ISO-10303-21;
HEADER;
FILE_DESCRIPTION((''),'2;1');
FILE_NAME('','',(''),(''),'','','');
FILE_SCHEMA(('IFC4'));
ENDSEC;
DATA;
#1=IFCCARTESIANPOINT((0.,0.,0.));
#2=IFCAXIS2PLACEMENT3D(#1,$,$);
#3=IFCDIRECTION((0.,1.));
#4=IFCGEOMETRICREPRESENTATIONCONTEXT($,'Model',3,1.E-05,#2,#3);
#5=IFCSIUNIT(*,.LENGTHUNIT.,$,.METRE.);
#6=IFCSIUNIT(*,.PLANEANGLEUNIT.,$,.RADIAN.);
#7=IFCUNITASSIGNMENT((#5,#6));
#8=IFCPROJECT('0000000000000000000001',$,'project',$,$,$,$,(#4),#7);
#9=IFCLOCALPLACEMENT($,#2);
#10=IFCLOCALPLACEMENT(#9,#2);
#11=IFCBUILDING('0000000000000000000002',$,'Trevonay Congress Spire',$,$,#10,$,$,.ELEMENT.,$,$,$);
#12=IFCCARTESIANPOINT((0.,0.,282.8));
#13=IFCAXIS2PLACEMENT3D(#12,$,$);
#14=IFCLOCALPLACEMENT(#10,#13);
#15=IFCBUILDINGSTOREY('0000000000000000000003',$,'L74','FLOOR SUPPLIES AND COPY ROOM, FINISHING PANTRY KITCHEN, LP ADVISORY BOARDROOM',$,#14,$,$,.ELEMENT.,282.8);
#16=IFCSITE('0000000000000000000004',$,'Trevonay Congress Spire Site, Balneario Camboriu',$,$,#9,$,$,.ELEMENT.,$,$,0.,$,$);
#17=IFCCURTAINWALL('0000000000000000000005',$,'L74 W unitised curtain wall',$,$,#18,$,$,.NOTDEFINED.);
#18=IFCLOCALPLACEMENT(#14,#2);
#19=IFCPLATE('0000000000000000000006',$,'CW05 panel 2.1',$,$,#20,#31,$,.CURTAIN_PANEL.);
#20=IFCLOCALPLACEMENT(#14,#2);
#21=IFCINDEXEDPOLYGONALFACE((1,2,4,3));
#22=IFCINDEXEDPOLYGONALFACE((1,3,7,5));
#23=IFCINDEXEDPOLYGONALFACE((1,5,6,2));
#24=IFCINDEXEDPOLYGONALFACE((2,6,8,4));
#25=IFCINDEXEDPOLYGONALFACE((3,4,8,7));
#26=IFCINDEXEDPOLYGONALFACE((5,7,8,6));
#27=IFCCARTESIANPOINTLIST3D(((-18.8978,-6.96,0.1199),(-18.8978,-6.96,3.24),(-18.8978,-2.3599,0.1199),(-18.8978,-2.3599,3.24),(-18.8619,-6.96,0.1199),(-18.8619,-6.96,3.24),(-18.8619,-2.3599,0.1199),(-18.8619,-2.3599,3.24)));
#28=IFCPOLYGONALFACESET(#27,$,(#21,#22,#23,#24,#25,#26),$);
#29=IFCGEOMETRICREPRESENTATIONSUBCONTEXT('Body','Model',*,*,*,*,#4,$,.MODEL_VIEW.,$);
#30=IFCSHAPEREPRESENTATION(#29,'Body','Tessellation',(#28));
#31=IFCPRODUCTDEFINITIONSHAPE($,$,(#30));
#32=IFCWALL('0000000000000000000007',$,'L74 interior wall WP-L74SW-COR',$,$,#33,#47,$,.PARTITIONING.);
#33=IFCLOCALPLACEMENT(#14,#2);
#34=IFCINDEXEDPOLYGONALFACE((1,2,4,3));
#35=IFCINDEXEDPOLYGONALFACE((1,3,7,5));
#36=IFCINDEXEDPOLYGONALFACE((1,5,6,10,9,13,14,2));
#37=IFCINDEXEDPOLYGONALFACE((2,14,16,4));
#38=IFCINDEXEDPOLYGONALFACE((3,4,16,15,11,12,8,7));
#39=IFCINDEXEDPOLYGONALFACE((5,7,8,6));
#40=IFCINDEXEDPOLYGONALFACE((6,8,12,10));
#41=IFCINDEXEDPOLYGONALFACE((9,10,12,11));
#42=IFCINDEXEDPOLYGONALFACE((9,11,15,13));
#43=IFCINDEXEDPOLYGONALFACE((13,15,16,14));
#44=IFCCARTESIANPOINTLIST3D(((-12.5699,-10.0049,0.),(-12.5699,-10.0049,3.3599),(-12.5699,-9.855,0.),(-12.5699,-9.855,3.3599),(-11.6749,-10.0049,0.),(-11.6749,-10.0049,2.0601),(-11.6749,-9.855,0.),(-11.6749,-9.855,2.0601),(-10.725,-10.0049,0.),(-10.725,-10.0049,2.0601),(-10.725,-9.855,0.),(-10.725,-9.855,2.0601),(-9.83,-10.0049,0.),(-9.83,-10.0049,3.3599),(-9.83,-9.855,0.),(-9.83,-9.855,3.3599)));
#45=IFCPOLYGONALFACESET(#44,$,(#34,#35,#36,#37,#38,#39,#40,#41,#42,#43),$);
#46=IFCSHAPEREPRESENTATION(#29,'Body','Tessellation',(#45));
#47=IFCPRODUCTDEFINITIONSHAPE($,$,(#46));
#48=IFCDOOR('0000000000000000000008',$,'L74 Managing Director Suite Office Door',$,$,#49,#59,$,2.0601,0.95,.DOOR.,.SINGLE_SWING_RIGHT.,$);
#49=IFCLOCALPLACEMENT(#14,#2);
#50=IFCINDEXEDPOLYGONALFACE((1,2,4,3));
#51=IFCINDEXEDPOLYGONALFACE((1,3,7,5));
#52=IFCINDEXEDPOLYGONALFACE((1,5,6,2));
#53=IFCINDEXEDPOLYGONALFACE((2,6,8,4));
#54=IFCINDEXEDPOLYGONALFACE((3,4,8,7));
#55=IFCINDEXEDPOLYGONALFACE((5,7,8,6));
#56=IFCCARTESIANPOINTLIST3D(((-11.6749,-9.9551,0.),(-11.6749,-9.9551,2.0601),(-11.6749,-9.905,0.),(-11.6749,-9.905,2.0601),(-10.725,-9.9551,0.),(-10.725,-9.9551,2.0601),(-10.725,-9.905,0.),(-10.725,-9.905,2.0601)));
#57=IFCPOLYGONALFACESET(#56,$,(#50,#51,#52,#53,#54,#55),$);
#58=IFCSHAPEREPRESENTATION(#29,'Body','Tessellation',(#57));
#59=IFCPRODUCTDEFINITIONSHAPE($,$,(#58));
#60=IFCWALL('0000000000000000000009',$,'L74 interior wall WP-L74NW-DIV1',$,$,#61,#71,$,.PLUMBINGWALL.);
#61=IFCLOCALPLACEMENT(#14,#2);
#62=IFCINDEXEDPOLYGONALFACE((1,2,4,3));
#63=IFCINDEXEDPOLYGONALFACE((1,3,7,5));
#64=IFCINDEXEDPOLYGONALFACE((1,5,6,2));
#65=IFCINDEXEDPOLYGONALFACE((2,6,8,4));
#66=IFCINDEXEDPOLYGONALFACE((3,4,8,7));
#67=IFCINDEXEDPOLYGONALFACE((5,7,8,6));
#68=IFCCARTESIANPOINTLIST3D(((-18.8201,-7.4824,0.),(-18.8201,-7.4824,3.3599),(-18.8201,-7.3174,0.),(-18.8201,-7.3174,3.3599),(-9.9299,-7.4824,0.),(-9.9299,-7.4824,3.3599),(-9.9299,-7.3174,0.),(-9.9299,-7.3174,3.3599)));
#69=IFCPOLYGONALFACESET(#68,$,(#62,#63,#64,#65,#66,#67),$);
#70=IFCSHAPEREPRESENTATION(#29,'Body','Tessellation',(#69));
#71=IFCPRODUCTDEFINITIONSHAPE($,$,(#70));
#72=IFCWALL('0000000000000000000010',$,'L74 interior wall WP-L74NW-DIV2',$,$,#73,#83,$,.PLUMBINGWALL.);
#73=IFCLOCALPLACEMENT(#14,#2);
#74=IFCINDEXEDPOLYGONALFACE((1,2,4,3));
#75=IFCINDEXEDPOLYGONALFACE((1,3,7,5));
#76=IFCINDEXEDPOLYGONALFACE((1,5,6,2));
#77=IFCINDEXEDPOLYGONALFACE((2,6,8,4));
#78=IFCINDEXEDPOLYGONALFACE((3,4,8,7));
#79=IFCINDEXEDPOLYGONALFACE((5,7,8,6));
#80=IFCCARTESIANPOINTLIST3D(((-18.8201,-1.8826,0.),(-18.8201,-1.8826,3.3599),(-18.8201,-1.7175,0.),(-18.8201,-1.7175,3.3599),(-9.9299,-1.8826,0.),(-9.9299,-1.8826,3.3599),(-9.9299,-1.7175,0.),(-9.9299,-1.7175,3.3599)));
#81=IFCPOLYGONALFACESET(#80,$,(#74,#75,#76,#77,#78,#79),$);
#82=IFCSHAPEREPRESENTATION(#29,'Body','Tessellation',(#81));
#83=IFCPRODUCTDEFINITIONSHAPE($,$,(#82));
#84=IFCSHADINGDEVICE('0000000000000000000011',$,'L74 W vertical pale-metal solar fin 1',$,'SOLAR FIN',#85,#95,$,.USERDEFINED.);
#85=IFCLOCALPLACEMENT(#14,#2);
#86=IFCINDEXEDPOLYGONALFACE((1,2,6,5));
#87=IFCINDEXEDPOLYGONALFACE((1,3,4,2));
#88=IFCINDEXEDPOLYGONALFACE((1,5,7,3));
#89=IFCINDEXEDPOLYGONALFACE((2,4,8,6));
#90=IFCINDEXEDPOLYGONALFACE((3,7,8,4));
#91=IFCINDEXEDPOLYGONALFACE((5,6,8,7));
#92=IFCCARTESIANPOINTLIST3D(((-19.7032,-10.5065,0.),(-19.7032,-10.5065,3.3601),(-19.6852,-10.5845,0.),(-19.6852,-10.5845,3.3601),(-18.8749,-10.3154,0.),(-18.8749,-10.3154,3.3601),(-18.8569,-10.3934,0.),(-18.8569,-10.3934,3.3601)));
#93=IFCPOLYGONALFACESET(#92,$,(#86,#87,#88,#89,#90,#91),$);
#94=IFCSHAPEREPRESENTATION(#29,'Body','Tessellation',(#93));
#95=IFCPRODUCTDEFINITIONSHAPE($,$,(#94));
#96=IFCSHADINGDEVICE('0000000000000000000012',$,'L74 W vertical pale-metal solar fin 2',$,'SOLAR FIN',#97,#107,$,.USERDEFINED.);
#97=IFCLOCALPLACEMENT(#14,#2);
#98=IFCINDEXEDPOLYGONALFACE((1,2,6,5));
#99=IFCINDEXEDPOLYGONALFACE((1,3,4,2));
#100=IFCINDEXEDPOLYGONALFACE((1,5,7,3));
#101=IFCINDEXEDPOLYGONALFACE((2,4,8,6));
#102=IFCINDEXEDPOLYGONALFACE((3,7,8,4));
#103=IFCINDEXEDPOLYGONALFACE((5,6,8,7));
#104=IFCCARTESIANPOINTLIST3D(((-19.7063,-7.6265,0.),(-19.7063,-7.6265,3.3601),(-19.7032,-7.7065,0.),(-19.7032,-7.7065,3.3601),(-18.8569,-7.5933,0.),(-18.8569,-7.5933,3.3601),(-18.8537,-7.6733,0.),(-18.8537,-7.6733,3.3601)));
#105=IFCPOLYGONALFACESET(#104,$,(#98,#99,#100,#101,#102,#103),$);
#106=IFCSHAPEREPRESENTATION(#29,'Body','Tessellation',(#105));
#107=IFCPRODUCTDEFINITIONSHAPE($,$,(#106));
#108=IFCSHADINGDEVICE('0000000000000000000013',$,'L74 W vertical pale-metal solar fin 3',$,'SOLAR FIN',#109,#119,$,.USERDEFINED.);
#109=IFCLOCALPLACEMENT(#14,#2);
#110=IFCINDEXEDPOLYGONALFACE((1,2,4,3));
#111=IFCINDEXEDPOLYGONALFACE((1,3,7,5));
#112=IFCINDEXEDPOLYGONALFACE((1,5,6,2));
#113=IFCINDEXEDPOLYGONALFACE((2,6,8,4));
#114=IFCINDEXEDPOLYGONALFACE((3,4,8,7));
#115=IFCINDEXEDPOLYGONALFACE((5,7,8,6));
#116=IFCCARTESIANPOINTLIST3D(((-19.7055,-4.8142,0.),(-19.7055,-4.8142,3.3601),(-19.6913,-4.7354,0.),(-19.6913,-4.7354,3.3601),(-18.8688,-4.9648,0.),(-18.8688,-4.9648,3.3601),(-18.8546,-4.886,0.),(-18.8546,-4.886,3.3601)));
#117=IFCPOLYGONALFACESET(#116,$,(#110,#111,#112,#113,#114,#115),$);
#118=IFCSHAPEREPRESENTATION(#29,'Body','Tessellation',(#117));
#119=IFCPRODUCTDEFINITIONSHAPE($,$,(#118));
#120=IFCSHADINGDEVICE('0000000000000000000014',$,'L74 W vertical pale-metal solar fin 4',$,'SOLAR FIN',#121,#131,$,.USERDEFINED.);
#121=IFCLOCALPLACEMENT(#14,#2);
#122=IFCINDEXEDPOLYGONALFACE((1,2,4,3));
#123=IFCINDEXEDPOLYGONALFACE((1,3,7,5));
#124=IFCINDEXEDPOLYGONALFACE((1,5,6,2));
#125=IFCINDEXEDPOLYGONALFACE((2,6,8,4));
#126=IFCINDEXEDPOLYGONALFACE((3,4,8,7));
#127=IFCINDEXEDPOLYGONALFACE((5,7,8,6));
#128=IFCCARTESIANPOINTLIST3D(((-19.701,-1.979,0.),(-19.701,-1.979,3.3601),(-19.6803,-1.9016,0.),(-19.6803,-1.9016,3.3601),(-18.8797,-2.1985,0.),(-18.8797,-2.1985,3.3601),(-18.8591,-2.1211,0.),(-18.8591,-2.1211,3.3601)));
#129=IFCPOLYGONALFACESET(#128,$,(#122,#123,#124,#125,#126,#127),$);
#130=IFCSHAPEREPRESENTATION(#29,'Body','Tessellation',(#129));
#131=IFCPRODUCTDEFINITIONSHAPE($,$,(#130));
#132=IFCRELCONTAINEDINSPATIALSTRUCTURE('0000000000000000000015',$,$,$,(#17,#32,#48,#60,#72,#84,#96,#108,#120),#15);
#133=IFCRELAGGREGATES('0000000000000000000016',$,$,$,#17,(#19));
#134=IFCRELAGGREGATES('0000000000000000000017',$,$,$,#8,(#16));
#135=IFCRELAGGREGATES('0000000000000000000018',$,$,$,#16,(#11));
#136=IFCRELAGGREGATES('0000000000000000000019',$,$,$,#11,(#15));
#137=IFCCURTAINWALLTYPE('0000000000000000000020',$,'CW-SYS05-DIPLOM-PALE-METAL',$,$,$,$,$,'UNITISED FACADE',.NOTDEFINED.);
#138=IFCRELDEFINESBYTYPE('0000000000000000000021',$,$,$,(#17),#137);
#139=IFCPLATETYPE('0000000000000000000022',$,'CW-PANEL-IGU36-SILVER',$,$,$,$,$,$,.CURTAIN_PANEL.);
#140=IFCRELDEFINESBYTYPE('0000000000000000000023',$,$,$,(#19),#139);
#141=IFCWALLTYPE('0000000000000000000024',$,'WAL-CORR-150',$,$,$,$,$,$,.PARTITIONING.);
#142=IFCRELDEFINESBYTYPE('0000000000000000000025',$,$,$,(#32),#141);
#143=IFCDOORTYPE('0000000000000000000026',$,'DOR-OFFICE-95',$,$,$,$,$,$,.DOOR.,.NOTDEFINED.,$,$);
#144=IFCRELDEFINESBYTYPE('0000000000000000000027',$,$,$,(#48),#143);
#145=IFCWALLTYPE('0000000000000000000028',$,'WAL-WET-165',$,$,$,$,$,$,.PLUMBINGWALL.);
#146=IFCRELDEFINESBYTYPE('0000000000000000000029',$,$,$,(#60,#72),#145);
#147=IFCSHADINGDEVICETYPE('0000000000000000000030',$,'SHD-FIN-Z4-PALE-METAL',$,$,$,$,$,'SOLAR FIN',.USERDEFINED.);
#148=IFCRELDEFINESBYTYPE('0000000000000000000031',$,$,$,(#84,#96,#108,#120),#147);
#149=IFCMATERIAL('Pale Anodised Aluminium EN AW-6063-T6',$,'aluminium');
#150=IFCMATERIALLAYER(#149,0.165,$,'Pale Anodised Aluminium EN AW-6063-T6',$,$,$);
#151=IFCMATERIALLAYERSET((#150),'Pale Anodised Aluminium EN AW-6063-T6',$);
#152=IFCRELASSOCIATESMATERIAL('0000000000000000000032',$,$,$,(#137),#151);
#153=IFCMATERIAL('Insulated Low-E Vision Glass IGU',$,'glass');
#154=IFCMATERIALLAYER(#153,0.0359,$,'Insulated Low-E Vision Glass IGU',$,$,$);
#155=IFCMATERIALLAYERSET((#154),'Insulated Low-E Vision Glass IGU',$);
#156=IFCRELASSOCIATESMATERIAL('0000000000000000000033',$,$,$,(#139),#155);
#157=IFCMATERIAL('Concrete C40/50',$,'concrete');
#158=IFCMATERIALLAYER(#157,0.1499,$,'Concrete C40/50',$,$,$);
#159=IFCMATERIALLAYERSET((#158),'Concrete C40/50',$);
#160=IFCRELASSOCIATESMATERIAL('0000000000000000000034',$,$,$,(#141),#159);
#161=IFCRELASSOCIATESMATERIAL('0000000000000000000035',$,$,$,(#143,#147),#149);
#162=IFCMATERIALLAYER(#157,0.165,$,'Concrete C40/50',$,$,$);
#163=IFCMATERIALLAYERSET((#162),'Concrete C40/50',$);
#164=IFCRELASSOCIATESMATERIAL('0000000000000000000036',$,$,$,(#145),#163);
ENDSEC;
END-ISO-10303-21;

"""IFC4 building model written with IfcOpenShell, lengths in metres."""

from ifc_helpers import new_model, si_unit, direction, frame, frame_2d, origin, origin_2d, place, context, subcontext, project, spatial, rectangle, extrude, material, layer, layer_set, type_object, element, fill, aggregate, save


model = new_model("IFC4")

# Units and contexts
model_context = context("Model", 3, precision=1e-05, world=origin(), true_north=direction((0.0, 1.0)))
body_context = subcontext(model_context, "Body", "Model", "MODEL_VIEW")
ifc_project = project(units=[si_unit("LENGTHUNIT", "METRE"), si_unit("PLANEANGLEUNIT", "RADIAN")], contexts=[model_context])

# Site, building, storey
site_placement = place(None, origin())
site = spatial("IfcSite", under=ifc_project, at=site_placement, Name="Trevonay Congress Spire Site, Balneario Camboriu", CompositionType="ELEMENT", RefElevation=0.0)
building_placement = place(site_placement, origin())
building = spatial("IfcBuilding", under=site, at=building_placement, Name="Trevonay Congress Spire", CompositionType="ELEMENT")
storey_placement = place(building_placement, frame((0.0, 0.0, 282.8)))
storey = spatial("IfcBuildingStorey", under=building, at=storey_placement, Name="L74", Description="FLOOR SUPPLIES AND COPY ROOM, FINISHING PANTRY KITCHEN, LP ADVISORY BOARDROOM", CompositionType="ELEMENT", Elevation=282.8)

# Curtain wall, plate
ifc_material_1 = material(Name="Pale Anodised Aluminium EN AW-6063-T6", Category="aluminium")
ifc_layer_1 = layer(ifc_material_1, 0.165, Name="Pale Anodised Aluminium EN AW-6063-T6")
ifc_layer_set_1 = layer_set([ifc_layer_1], Name="Pale Anodised Aluminium EN AW-6063-T6")
curtain_wall_type = type_object("IfcCurtainWallType", Name="CW-SYS05-DIPLOM-PALE-METAL", ElementType="UNITISED FACADE", PredefinedType="NOTDEFINED", material=ifc_layer_set_1)
curtain_wall_placement = place(storey_placement, origin())
curtain_wall = element("IfcCurtainWall", 1, at=curtain_wall_placement, inside=storey, type_object=curtain_wall_type, Name="L74 W unitised curtain wall", PredefinedType="NOTDEFINED")
ifc_material_2 = material(Name="Insulated Low-E Vision Glass IGU", Category="glass")
ifc_layer_2 = layer(ifc_material_2, 0.0359, Name="Insulated Low-E Vision Glass IGU")
ifc_layer_set_2 = layer_set([ifc_layer_2], Name="Insulated Low-E Vision Glass IGU")
plate_type = type_object("IfcPlateType", Name="CW-PANEL-IGU36-SILVER", PredefinedType="CURTAIN_PANEL", material=ifc_layer_set_2)
plate_1_placement = place(storey_placement, frame((-18.8799, -4.6599, 0.1199), z_axis=(0.0, 0.0, 1.0), x_axis=(0.0, 1.0, 0.0)))
plate_1 = element("IfcPlate", 2, at=plate_1_placement, type_object=plate_type, Name="CW05 panel 2.1", PredefinedType="CURTAIN_PANEL", context=body_context, shape_type="SweptSolid", body=[
    extrude(rectangle(XDim=4.6001, YDim=0.0359, at=origin_2d()), origin(), (0.0, 0.0, 1.0), 3.1201),
])
aggregate(curtain_wall, [plate_1])

# Wall, opening, door
ifc_material_3 = material(Name="Concrete C40/50", Category="concrete")
ifc_layer_3 = layer(ifc_material_3, 0.1499, Name="Concrete C40/50")
ifc_layer_set_3 = layer_set([ifc_layer_3], Name="Concrete C40/50")
wall_type_1 = type_object("IfcWallType", Name="WAL-CORR-150", PredefinedType="PARTITIONING", material=ifc_layer_set_3)
wall_placement = place(storey_placement, frame((-12.5701, -9.9299, 0.0), z_axis=(0.0, 0.0, 1.0), x_axis=(1.0, 0.0, 0.0)))
wall = element("IfcWall", 3, at=wall_placement, inside=storey, type_object=wall_type_1, Name="L74 interior wall WP-L74SW-COR", PredefinedType="PARTITIONING", context=body_context, shape_type="SweptSolid", body=[
    extrude(rectangle(XDim=2.74, YDim=0.1499, at=frame_2d((1.3701, 0.0))), origin(), (0.0, 0.0, 1.0), 3.3599),
])
opening_placement = place(wall_placement, frame((0.895, 0.0, 0.0)))
opening = element("IfcOpeningElement", 4, at=opening_placement, cuts=wall, PredefinedType="OPENING", context=body_context, shape_type="SweptSolid", body=[
    extrude(rectangle(XDim=0.95, YDim=2.0601, at=frame_2d((0.4751, 1.03))), frame((0.0, 0.085, 0.0), z_axis=(0.0, -1.0, 0.0), x_axis=(1.0, 0.0, 0.0)), (0.0, 0.0, 1.0), 0.1699),
])
door_type = type_object("IfcDoorType", Name="DOR-OFFICE-95", OperationType="NOTDEFINED", PredefinedType="DOOR", material=ifc_material_1)
door_placement = place(opening_placement, origin())
door = element("IfcDoor", 5, at=door_placement, inside=storey, type_object=door_type, Name="L74 Managing Director Suite Office Door", OperationType="SINGLE_SWING_RIGHT", OverallHeight=2.0601, OverallWidth=0.95, PredefinedType="DOOR", context=body_context, shape_type="SweptSolid", body=[
    extrude(rectangle(XDim=0.95, YDim=2.0601, at=frame_2d((0.4751, 1.03))), frame((0.0, 0.0249, 0.0), z_axis=(0.0, -1.0, 0.0), x_axis=(1.0, 0.0, 0.0)), (0.0, 0.0, 1.0), 0.05),
])
fill(opening, door)

# Walls
ifc_layer_4 = layer(ifc_material_3, 0.165, Name="Concrete C40/50")
ifc_layer_set_4 = layer_set([ifc_layer_4], Name="Concrete C40/50")
wall_type_2 = type_object("IfcWallType", Name="WAL-WET-165", PredefinedType="PLUMBINGWALL", material=ifc_layer_set_4)
for number, where, z_axis, x_axis, name in (
    (6, (-18.8201, -7.3999, 0.0), (0.0, 0.0, 1.0), (1.0, 0.0, 0.0), "L74 interior wall WP-L74NW-DIV1"),
    (7, (-18.8201, -1.8, 0.0), (0.0, 0.0, 1.0), (1.0, 0.0, 0.0), "L74 interior wall WP-L74NW-DIV2"),
):
    element("IfcWall", number, at=place(storey_placement, frame(where, z_axis=z_axis, x_axis=x_axis)), inside=storey, type_object=wall_type_2, Name=name, PredefinedType="PLUMBINGWALL", context=body_context, shape_type="SweptSolid", body=[
        extrude(rectangle(XDim=8.8901, YDim=0.165, at=frame_2d((4.4451, 0.0))), origin(), (0.0, 0.0, 1.0), 3.3599),
    ])

# Shading devices
shading_device_type = type_object("IfcShadingDeviceType", Name="SHD-FIN-Z4-PALE-METAL", ElementType="SOLAR FIN", PredefinedType="USERDEFINED", material=ifc_material_1)
for number, where, z_axis, x_axis, name in (
    (8, (-19.28, -10.45, 0.0), (0.0, 0.0, 1.0), (-0.224781, 0.974409, 0.0), "L74 W vertical pale-metal solar fin 1"),
    (9, (-19.28, -7.6499, 0.0), (0.0, 0.0, 1.0), (-0.039085, 0.999236, 0.0), "L74 W vertical pale-metal solar fin 2"),
    (10, (-19.28, -4.8501, 0.0), (0.0, 0.0, 1.0), (0.177085, 0.984196, 0.0), "L74 W vertical pale-metal solar fin 3"),
    (11, (-19.28, -2.05, 0.0), (0.0, 0.0, 1.0), (0.258145, 0.966106, 0.0), "L74 W vertical pale-metal solar fin 4"),
):
    element("IfcShadingDevice", number, at=place(storey_placement, frame(where, z_axis=z_axis, x_axis=x_axis)), inside=storey, type_object=shading_device_type, Name=name, ObjectType="SOLAR FIN", PredefinedType="USERDEFINED", context=body_context, shape_type="SweptSolid", body=[
        extrude(rectangle(XDim=0.0801, YDim=0.8501, at=origin_2d()), origin(), (0.0, 0.0, 1.0), 3.3601),
    ])

save(model, "model.ifc")
